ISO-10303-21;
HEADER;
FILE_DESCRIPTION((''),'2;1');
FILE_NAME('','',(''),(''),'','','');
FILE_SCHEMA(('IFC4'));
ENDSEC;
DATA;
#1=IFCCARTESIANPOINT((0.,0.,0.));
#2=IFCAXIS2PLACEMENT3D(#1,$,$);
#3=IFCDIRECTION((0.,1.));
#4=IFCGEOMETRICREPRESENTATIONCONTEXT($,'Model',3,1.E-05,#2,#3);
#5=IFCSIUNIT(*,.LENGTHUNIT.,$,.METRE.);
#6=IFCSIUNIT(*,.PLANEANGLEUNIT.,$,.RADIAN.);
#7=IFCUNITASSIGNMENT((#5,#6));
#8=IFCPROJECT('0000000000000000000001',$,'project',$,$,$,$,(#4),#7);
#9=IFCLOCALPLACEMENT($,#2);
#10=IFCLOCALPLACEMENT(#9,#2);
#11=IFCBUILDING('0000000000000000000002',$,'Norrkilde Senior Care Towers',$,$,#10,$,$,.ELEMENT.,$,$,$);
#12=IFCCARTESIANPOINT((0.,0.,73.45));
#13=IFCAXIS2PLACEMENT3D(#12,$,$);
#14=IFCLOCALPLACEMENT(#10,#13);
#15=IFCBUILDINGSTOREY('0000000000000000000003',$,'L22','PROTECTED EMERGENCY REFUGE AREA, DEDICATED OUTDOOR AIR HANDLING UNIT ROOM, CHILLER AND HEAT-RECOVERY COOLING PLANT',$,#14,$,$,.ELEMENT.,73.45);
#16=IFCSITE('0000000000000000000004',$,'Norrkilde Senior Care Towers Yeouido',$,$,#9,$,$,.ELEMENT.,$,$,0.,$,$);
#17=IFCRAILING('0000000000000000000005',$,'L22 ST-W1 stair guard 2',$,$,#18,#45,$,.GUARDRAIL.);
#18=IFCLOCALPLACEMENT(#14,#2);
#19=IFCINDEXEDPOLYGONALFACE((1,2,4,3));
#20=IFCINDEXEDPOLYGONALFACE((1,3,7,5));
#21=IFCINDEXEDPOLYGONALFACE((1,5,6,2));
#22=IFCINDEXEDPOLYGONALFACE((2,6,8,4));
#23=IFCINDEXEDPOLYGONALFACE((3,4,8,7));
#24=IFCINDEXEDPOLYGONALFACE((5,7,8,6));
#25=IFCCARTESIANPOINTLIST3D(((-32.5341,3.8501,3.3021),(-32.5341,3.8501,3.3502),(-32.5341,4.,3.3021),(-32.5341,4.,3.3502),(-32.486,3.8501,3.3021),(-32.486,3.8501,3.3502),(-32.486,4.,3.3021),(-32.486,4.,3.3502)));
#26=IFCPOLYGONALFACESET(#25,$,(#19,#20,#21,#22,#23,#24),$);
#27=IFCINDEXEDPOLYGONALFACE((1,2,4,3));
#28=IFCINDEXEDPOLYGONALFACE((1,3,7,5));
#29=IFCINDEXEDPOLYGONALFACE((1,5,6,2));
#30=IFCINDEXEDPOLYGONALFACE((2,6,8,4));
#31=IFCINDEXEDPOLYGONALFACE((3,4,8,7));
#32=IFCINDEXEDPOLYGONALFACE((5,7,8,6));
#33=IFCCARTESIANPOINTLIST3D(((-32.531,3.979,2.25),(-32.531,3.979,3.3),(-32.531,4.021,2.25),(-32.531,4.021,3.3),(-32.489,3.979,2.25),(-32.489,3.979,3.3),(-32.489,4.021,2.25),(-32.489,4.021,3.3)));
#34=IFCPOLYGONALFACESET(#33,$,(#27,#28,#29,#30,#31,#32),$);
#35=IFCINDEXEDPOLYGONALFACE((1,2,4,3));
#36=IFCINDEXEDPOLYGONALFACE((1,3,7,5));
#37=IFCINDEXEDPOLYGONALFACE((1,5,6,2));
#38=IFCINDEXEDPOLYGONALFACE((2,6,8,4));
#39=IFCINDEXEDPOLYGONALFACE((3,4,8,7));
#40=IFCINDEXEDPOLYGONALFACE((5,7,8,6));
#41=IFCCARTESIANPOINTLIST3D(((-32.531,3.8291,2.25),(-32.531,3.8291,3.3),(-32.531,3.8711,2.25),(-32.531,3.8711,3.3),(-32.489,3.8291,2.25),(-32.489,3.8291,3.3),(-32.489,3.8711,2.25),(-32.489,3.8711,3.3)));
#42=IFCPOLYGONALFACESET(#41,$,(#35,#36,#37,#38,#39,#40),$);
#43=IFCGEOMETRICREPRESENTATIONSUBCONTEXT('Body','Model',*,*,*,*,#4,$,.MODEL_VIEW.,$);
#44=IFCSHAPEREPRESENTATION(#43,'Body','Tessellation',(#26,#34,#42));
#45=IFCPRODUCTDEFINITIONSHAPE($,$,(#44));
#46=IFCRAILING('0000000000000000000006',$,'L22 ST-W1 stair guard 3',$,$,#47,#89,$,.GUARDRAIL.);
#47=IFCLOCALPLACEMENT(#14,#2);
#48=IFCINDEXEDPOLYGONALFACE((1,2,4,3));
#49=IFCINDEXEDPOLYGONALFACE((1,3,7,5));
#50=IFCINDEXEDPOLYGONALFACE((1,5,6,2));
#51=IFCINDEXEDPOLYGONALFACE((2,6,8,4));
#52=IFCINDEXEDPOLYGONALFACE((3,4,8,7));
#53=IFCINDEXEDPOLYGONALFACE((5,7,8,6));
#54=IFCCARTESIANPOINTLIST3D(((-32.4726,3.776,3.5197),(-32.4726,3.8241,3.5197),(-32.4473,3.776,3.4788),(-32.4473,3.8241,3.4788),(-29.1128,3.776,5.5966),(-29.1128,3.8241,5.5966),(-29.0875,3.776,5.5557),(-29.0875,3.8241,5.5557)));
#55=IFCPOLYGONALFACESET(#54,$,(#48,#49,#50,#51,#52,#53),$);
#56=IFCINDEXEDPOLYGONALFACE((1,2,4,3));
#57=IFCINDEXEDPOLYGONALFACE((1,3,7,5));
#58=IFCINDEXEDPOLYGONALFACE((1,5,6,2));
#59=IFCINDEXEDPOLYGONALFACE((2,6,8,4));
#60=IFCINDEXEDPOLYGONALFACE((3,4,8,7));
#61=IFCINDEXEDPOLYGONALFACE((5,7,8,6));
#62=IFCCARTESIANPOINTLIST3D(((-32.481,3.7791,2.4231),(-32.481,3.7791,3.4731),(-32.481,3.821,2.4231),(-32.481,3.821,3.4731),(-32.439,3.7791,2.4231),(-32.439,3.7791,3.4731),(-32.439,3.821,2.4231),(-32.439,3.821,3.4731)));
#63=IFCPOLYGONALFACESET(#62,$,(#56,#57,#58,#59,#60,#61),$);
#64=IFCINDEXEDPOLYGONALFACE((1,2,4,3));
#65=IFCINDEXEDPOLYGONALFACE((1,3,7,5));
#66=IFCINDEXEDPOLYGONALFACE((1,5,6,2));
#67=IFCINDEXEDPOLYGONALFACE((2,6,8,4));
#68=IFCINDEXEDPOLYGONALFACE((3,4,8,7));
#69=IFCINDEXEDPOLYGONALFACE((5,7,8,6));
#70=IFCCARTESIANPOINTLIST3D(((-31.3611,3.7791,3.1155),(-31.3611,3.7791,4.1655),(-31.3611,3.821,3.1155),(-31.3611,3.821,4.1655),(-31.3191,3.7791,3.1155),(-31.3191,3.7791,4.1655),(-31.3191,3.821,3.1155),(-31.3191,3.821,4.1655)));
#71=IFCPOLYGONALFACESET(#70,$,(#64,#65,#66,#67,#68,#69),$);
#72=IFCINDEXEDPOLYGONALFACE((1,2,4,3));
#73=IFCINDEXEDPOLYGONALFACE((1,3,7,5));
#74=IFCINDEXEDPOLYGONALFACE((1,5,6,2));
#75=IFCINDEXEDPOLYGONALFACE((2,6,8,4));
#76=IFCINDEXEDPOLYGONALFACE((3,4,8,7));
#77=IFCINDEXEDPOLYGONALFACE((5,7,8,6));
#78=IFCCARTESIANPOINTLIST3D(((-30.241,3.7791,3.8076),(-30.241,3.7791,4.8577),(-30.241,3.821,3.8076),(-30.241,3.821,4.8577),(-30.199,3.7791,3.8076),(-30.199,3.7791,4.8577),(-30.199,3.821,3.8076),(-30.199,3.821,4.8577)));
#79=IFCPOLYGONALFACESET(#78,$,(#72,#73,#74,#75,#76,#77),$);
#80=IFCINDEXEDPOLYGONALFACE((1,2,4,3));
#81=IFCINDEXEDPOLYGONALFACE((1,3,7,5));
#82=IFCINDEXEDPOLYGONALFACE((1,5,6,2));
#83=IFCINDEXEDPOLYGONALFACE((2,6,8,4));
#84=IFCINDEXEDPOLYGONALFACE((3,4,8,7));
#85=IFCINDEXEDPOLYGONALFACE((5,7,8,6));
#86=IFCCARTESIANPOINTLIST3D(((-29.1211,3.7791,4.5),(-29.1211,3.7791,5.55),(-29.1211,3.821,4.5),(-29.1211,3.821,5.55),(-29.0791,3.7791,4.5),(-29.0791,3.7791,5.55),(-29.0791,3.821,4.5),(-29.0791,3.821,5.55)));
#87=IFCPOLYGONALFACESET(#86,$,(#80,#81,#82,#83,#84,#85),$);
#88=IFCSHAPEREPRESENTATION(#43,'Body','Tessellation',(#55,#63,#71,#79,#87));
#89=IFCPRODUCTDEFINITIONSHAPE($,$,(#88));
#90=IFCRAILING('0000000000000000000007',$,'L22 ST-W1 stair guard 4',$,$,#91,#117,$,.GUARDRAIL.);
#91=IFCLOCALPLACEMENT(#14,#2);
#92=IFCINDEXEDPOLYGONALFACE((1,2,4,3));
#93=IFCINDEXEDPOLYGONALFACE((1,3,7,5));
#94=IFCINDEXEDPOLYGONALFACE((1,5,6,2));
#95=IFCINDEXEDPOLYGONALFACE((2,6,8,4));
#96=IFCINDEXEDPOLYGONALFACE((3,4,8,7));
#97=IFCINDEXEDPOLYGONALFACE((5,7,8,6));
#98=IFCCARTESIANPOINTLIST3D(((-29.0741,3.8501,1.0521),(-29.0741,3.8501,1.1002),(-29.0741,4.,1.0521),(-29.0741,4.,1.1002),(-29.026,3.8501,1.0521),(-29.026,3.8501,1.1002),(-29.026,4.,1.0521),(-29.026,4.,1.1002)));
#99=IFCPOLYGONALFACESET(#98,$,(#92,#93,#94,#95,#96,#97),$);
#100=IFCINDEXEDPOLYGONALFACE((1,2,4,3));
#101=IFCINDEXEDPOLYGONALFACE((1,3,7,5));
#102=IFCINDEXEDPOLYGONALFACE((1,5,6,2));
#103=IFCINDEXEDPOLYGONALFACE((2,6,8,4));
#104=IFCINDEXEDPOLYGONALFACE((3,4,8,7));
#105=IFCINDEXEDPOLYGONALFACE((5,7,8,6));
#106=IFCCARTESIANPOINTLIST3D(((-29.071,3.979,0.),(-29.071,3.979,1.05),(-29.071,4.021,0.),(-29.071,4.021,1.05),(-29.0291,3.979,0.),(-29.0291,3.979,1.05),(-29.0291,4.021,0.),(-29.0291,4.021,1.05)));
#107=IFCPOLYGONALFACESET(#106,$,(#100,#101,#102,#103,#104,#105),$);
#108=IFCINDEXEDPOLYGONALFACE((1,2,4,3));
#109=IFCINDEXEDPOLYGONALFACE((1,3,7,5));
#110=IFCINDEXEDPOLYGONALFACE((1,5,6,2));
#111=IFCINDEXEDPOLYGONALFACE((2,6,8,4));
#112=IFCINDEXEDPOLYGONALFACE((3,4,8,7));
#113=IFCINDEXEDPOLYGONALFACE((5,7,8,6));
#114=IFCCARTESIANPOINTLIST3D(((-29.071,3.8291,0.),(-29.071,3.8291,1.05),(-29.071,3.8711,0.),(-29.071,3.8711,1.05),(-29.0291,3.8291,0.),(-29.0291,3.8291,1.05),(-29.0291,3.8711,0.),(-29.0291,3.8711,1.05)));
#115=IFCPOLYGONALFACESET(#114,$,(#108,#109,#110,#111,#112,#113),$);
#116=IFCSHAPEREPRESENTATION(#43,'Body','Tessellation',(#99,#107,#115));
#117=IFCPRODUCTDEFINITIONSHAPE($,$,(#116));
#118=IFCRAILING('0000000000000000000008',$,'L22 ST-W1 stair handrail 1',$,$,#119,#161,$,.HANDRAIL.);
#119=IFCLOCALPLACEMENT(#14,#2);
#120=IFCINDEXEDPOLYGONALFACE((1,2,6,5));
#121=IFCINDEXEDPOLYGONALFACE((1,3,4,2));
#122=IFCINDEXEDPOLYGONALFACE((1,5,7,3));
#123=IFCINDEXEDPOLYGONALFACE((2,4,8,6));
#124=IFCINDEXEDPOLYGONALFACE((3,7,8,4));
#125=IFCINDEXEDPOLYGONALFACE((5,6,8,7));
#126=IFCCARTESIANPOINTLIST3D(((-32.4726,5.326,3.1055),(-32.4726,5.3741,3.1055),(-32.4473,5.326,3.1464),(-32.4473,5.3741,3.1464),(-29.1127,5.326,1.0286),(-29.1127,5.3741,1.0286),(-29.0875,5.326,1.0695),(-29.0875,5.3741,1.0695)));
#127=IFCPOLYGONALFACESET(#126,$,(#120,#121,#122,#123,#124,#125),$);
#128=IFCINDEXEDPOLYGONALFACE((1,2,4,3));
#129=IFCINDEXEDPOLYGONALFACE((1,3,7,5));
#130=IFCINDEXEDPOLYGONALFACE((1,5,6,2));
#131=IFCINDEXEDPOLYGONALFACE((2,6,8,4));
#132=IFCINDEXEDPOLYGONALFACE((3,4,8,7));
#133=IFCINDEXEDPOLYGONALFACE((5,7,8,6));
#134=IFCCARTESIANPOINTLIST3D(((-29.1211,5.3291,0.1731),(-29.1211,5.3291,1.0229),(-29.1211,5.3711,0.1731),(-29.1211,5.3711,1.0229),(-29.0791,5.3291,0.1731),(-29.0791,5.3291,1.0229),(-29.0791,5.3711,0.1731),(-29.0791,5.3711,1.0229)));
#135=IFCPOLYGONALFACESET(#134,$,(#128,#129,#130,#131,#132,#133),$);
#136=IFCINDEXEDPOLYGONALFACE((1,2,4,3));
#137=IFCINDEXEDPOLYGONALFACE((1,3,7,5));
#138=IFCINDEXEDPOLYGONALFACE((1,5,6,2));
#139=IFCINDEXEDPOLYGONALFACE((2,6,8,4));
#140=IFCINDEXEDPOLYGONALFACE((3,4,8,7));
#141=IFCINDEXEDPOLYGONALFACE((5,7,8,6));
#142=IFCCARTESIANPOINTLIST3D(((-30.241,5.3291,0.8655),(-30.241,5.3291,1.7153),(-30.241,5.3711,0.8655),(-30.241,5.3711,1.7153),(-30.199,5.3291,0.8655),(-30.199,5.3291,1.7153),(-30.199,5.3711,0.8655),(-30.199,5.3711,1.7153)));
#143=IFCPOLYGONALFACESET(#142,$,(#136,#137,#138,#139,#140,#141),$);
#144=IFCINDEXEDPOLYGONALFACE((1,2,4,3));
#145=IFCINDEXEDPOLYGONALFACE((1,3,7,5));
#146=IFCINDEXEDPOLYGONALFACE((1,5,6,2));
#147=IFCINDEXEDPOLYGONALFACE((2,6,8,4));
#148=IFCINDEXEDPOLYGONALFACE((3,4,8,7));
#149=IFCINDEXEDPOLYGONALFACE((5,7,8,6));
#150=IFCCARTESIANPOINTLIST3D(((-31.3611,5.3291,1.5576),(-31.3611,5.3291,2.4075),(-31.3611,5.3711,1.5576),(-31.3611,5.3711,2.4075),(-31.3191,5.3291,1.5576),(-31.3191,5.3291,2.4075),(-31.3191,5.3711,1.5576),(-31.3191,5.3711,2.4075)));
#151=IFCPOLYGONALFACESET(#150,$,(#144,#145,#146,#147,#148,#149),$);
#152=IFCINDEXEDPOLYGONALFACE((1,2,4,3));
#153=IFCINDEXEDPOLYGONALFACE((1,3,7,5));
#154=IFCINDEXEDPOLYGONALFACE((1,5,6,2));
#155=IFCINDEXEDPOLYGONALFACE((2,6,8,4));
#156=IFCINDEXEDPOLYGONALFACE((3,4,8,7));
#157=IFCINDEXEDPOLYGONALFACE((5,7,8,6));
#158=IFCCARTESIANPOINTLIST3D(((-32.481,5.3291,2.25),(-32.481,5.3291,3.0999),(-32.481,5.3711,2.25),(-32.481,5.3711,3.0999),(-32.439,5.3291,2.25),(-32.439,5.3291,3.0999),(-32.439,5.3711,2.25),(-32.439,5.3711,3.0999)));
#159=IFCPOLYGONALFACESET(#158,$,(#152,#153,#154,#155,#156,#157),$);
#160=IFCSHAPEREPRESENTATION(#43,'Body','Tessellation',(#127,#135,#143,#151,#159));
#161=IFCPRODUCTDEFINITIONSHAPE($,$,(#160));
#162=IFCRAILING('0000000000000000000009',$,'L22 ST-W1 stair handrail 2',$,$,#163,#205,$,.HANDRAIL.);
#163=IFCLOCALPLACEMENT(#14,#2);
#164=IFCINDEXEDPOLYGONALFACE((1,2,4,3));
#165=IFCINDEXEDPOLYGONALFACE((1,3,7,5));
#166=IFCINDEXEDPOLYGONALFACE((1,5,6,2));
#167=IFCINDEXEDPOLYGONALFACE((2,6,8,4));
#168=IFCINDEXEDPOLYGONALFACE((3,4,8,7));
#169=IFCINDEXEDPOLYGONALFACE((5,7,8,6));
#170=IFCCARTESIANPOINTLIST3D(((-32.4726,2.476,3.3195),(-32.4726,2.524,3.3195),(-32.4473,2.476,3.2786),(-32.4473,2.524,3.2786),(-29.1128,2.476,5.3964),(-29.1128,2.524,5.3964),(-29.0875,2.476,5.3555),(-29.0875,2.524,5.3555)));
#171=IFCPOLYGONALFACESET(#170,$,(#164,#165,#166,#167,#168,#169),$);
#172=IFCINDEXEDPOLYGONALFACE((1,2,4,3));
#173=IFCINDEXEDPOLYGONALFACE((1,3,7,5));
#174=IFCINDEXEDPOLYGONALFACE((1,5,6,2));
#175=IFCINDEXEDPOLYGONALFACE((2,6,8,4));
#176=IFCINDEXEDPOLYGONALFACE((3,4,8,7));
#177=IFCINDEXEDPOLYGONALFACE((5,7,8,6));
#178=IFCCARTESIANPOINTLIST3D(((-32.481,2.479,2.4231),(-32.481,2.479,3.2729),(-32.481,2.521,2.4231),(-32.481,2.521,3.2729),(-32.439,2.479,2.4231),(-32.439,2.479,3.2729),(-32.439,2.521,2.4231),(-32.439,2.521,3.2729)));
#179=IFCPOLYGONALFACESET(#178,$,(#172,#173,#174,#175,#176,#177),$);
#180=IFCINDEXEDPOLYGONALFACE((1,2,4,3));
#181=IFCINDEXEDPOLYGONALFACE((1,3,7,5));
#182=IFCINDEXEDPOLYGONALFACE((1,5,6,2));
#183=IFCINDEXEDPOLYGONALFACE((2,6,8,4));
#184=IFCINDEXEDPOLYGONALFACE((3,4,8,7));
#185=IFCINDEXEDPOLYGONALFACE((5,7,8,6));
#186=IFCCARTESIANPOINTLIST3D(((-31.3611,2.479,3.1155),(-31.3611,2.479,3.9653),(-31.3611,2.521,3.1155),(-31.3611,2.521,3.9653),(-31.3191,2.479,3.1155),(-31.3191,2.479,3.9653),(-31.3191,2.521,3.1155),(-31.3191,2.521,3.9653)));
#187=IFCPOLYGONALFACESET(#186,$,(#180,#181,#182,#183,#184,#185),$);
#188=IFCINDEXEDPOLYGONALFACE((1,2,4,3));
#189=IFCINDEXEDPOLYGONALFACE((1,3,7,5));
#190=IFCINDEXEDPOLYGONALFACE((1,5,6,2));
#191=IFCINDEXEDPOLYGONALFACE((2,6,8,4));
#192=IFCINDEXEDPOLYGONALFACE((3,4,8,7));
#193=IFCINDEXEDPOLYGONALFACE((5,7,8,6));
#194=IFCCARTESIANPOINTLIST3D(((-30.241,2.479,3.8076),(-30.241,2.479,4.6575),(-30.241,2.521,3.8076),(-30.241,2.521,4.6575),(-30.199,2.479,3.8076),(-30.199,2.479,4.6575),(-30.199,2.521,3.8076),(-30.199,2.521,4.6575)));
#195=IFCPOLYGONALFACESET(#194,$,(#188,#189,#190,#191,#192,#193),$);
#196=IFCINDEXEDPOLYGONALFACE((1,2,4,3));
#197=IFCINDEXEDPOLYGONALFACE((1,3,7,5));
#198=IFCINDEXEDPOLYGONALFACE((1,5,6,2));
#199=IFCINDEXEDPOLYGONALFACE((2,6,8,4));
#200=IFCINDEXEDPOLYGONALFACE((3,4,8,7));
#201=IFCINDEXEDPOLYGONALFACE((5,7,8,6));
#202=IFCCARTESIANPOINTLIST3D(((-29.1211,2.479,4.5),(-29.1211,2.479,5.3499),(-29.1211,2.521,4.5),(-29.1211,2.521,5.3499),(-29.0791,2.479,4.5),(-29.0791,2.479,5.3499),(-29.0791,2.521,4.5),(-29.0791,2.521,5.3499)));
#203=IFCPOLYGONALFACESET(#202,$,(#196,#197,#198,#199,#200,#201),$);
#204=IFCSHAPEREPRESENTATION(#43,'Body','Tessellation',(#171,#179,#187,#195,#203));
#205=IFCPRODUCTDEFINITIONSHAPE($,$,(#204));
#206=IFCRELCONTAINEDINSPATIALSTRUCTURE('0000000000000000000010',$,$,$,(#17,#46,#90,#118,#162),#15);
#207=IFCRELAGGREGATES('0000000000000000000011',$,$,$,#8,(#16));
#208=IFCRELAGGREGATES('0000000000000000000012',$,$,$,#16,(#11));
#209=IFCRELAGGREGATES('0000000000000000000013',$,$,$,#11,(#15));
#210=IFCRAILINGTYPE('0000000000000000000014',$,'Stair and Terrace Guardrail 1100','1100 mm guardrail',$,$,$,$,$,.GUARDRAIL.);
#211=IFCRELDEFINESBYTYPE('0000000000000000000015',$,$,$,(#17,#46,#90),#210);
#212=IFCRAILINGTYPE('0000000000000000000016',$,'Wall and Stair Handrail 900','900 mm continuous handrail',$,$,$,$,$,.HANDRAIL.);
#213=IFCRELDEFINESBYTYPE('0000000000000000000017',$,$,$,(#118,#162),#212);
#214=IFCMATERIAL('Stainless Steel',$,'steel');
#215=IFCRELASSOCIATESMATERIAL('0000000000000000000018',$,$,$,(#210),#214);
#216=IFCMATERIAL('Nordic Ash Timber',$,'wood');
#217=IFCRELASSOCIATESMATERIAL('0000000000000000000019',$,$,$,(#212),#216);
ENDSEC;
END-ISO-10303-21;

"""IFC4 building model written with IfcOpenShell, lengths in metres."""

from ifc_helpers import new_model, si_unit, direction, frame, origin, origin_2d, place, context, subcontext, project, spatial, rectangle, extrude, material, type_object, element, save


model = new_model("IFC4")

# Units and contexts
model_context = context("Model", 3, precision=1e-05, world=origin(), true_north=direction((0.0, 1.0)))
body_context = subcontext(model_context, "Body", "Model", "MODEL_VIEW")
ifc_project = project(units=[si_unit("LENGTHUNIT", "METRE"), si_unit("PLANEANGLEUNIT", "RADIAN")], contexts=[model_context])

# Site, building, storey
site_placement = place(None, origin())
site = spatial("IfcSite", under=ifc_project, at=site_placement, Name="Norrkilde Senior Care Towers Yeouido", CompositionType="ELEMENT", RefElevation=0.0)
building_placement = place(site_placement, origin())
building = spatial("IfcBuilding", under=site, at=building_placement, Name="Norrkilde Senior Care Towers", CompositionType="ELEMENT")
storey_placement = place(building_placement, frame((0.0, 0.0, 73.45)))
storey = spatial("IfcBuildingStorey", under=building, at=storey_placement, Name="L22", Description="PROTECTED EMERGENCY REFUGE AREA, DEDICATED OUTDOOR AIR HANDLING UNIT ROOM, CHILLER AND HEAT-RECOVERY COOLING PLANT", CompositionType="ELEMENT", Elevation=73.45)

# Railings
ifc_material_1 = material(Name="Stainless Steel", Category="steel")
railing_type_1 = type_object("IfcRailingType", Name="Stair and Terrace Guardrail 1100", Description="1100 mm guardrail", PredefinedType="GUARDRAIL", material=ifc_material_1)
railing_1_placement = place(storey_placement, frame((-32.51, 4.0, 2.25)))
element("IfcRailing", 1, at=railing_1_placement, inside=storey, type_object=railing_type_1, Name="L22 ST-W1 stair guard 2", PredefinedType="GUARDRAIL", context=body_context, shape_type="SweptSolid", body=[
    extrude(rectangle(XDim=0.0481, YDim=0.0481, at=origin_2d()), frame((0.0, 0.0, 1.0762), z_axis=(0.0, -1.0, 0.0), x_axis=(1.0, 0.0, 0.0)), (0.0, 0.0, 1.0), 0.1499),
    extrude(rectangle(XDim=0.042, YDim=0.042, at=origin_2d()), origin(), (0.0, 0.0, 1.0), 1.05),
    extrude(rectangle(XDim=0.042, YDim=0.042, at=origin_2d()), frame((0.0, -0.1499, 0.0)), (0.0, 0.0, 1.0), 1.05),
])
railing_2_placement = place(storey_placement, frame((-32.46, 3.8, 2.4231)))
element("IfcRailing", 2, at=railing_2_placement, inside=storey, type_object=railing_type_1, Name="L22 ST-W1 stair guard 3", PredefinedType="GUARDRAIL", context=body_context, shape_type="SweptSolid", body=[
    extrude(rectangle(XDim=0.0481, YDim=0.0481, at=origin_2d()), frame((0.0, 0.0, 1.0762), z_axis=(0.850606, 0.0, 0.525803), x_axis=(0.0, 1.0, 0.0)), (0.0, 0.0, 1.0), 3.95),
    extrude(rectangle(XDim=0.042, YDim=0.042, at=origin_2d()), origin(), (0.0, 0.0, 1.0), 1.05),
    extrude(rectangle(XDim=0.042, YDim=0.042, at=origin_2d()), frame((1.1199, 0.0, 0.6924)), (0.0, 0.0, 1.0), 1.05),
    extrude(rectangle(XDim=0.042, YDim=0.042, at=origin_2d()), frame((2.24, 0.0, 1.3845)), (0.0, 0.0, 1.0), 1.05),
    extrude(rectangle(XDim=0.042, YDim=0.042, at=origin_2d()), frame((3.3599, 0.0, 2.0769)), (0.0, 0.0, 1.0), 1.05),
])
railing_3_placement = place(storey_placement, frame((-29.05, 4.0, 0.0)))
element("IfcRailing", 3, at=railing_3_placement, inside=storey, type_object=railing_type_1, Name="L22 ST-W1 stair guard 4", PredefinedType="GUARDRAIL", context=body_context, shape_type="SweptSolid", body=[
    extrude(rectangle(XDim=0.0481, YDim=0.0481, at=origin_2d()), frame((0.0, 0.0, 1.0762), z_axis=(0.0, -1.0, 0.0), x_axis=(1.0, 0.0, 0.0)), (0.0, 0.0, 1.0), 0.1499),
    extrude(rectangle(XDim=0.042, YDim=0.042, at=origin_2d()), origin(), (0.0, 0.0, 1.0), 1.05),
    extrude(rectangle(XDim=0.042, YDim=0.042, at=origin_2d()), frame((0.0, -0.1499, 0.0)), (0.0, 0.0, 1.0), 1.05),
])
ifc_material_2 = material(Name="Nordic Ash Timber", Category="wood")
railing_type_2 = type_object("IfcRailingType", Name="Wall and Stair Handrail 900", Description="900 mm continuous handrail", PredefinedType="HANDRAIL", material=ifc_material_2)
railing_4_placement = place(storey_placement, frame((-29.1001, 5.3501, 0.1731)))
element("IfcRailing", 4, at=railing_4_placement, inside=storey, type_object=railing_type_2, Name="L22 ST-W1 stair handrail 1", PredefinedType="HANDRAIL", context=body_context, shape_type="SweptSolid", body=[
    extrude(rectangle(XDim=0.0481, YDim=0.0481, at=origin_2d()), frame((0.0, 0.0, 0.876), z_axis=(-0.850606, 0.0, 0.525803), x_axis=(0.0, -1.0, 0.0)), (0.0, 0.0, 1.0), 3.95),
    extrude(rectangle(XDim=0.042, YDim=0.042, at=origin_2d()), origin(), (0.0, 0.0, 1.0), 0.8499),
    extrude(rectangle(XDim=0.042, YDim=0.042, at=origin_2d()), frame((-1.1199, 0.0, 0.6924)), (0.0, 0.0, 1.0), 0.8499),
    extrude(rectangle(XDim=0.042, YDim=0.042, at=origin_2d()), frame((-2.24, 0.0, 1.3845)), (0.0, 0.0, 1.0), 0.8499),
    extrude(rectangle(XDim=0.042, YDim=0.042, at=origin_2d()), frame((-3.3599, 0.0, 2.0769)), (0.0, 0.0, 1.0), 0.8499),
])
railing_5_placement = place(storey_placement, frame((-32.46, 2.5, 2.4231)))
element("IfcRailing", 5, at=railing_5_placement, inside=storey, type_object=railing_type_2, Name="L22 ST-W1 stair handrail 2", PredefinedType="HANDRAIL", context=body_context, shape_type="SweptSolid", body=[
    extrude(rectangle(XDim=0.0481, YDim=0.0481, at=origin_2d()), frame((0.0, 0.0, 0.876), z_axis=(0.850606, 0.0, 0.525803), x_axis=(0.0, 1.0, 0.0)), (0.0, 0.0, 1.0), 3.95),
    extrude(rectangle(XDim=0.042, YDim=0.042, at=origin_2d()), origin(), (0.0, 0.0, 1.0), 0.8499),
    extrude(rectangle(XDim=0.042, YDim=0.042, at=origin_2d()), frame((1.1199, 0.0, 0.6924)), (0.0, 0.0, 1.0), 0.8499),
    extrude(rectangle(XDim=0.042, YDim=0.042, at=origin_2d()), frame((2.24, 0.0, 1.3845)), (0.0, 0.0, 1.0), 0.8499),
    extrude(rectangle(XDim=0.042, YDim=0.042, at=origin_2d()), frame((3.3599, 0.0, 2.0769)), (0.0, 0.0, 1.0), 0.8499),
])

save(model, "model.ifc")
